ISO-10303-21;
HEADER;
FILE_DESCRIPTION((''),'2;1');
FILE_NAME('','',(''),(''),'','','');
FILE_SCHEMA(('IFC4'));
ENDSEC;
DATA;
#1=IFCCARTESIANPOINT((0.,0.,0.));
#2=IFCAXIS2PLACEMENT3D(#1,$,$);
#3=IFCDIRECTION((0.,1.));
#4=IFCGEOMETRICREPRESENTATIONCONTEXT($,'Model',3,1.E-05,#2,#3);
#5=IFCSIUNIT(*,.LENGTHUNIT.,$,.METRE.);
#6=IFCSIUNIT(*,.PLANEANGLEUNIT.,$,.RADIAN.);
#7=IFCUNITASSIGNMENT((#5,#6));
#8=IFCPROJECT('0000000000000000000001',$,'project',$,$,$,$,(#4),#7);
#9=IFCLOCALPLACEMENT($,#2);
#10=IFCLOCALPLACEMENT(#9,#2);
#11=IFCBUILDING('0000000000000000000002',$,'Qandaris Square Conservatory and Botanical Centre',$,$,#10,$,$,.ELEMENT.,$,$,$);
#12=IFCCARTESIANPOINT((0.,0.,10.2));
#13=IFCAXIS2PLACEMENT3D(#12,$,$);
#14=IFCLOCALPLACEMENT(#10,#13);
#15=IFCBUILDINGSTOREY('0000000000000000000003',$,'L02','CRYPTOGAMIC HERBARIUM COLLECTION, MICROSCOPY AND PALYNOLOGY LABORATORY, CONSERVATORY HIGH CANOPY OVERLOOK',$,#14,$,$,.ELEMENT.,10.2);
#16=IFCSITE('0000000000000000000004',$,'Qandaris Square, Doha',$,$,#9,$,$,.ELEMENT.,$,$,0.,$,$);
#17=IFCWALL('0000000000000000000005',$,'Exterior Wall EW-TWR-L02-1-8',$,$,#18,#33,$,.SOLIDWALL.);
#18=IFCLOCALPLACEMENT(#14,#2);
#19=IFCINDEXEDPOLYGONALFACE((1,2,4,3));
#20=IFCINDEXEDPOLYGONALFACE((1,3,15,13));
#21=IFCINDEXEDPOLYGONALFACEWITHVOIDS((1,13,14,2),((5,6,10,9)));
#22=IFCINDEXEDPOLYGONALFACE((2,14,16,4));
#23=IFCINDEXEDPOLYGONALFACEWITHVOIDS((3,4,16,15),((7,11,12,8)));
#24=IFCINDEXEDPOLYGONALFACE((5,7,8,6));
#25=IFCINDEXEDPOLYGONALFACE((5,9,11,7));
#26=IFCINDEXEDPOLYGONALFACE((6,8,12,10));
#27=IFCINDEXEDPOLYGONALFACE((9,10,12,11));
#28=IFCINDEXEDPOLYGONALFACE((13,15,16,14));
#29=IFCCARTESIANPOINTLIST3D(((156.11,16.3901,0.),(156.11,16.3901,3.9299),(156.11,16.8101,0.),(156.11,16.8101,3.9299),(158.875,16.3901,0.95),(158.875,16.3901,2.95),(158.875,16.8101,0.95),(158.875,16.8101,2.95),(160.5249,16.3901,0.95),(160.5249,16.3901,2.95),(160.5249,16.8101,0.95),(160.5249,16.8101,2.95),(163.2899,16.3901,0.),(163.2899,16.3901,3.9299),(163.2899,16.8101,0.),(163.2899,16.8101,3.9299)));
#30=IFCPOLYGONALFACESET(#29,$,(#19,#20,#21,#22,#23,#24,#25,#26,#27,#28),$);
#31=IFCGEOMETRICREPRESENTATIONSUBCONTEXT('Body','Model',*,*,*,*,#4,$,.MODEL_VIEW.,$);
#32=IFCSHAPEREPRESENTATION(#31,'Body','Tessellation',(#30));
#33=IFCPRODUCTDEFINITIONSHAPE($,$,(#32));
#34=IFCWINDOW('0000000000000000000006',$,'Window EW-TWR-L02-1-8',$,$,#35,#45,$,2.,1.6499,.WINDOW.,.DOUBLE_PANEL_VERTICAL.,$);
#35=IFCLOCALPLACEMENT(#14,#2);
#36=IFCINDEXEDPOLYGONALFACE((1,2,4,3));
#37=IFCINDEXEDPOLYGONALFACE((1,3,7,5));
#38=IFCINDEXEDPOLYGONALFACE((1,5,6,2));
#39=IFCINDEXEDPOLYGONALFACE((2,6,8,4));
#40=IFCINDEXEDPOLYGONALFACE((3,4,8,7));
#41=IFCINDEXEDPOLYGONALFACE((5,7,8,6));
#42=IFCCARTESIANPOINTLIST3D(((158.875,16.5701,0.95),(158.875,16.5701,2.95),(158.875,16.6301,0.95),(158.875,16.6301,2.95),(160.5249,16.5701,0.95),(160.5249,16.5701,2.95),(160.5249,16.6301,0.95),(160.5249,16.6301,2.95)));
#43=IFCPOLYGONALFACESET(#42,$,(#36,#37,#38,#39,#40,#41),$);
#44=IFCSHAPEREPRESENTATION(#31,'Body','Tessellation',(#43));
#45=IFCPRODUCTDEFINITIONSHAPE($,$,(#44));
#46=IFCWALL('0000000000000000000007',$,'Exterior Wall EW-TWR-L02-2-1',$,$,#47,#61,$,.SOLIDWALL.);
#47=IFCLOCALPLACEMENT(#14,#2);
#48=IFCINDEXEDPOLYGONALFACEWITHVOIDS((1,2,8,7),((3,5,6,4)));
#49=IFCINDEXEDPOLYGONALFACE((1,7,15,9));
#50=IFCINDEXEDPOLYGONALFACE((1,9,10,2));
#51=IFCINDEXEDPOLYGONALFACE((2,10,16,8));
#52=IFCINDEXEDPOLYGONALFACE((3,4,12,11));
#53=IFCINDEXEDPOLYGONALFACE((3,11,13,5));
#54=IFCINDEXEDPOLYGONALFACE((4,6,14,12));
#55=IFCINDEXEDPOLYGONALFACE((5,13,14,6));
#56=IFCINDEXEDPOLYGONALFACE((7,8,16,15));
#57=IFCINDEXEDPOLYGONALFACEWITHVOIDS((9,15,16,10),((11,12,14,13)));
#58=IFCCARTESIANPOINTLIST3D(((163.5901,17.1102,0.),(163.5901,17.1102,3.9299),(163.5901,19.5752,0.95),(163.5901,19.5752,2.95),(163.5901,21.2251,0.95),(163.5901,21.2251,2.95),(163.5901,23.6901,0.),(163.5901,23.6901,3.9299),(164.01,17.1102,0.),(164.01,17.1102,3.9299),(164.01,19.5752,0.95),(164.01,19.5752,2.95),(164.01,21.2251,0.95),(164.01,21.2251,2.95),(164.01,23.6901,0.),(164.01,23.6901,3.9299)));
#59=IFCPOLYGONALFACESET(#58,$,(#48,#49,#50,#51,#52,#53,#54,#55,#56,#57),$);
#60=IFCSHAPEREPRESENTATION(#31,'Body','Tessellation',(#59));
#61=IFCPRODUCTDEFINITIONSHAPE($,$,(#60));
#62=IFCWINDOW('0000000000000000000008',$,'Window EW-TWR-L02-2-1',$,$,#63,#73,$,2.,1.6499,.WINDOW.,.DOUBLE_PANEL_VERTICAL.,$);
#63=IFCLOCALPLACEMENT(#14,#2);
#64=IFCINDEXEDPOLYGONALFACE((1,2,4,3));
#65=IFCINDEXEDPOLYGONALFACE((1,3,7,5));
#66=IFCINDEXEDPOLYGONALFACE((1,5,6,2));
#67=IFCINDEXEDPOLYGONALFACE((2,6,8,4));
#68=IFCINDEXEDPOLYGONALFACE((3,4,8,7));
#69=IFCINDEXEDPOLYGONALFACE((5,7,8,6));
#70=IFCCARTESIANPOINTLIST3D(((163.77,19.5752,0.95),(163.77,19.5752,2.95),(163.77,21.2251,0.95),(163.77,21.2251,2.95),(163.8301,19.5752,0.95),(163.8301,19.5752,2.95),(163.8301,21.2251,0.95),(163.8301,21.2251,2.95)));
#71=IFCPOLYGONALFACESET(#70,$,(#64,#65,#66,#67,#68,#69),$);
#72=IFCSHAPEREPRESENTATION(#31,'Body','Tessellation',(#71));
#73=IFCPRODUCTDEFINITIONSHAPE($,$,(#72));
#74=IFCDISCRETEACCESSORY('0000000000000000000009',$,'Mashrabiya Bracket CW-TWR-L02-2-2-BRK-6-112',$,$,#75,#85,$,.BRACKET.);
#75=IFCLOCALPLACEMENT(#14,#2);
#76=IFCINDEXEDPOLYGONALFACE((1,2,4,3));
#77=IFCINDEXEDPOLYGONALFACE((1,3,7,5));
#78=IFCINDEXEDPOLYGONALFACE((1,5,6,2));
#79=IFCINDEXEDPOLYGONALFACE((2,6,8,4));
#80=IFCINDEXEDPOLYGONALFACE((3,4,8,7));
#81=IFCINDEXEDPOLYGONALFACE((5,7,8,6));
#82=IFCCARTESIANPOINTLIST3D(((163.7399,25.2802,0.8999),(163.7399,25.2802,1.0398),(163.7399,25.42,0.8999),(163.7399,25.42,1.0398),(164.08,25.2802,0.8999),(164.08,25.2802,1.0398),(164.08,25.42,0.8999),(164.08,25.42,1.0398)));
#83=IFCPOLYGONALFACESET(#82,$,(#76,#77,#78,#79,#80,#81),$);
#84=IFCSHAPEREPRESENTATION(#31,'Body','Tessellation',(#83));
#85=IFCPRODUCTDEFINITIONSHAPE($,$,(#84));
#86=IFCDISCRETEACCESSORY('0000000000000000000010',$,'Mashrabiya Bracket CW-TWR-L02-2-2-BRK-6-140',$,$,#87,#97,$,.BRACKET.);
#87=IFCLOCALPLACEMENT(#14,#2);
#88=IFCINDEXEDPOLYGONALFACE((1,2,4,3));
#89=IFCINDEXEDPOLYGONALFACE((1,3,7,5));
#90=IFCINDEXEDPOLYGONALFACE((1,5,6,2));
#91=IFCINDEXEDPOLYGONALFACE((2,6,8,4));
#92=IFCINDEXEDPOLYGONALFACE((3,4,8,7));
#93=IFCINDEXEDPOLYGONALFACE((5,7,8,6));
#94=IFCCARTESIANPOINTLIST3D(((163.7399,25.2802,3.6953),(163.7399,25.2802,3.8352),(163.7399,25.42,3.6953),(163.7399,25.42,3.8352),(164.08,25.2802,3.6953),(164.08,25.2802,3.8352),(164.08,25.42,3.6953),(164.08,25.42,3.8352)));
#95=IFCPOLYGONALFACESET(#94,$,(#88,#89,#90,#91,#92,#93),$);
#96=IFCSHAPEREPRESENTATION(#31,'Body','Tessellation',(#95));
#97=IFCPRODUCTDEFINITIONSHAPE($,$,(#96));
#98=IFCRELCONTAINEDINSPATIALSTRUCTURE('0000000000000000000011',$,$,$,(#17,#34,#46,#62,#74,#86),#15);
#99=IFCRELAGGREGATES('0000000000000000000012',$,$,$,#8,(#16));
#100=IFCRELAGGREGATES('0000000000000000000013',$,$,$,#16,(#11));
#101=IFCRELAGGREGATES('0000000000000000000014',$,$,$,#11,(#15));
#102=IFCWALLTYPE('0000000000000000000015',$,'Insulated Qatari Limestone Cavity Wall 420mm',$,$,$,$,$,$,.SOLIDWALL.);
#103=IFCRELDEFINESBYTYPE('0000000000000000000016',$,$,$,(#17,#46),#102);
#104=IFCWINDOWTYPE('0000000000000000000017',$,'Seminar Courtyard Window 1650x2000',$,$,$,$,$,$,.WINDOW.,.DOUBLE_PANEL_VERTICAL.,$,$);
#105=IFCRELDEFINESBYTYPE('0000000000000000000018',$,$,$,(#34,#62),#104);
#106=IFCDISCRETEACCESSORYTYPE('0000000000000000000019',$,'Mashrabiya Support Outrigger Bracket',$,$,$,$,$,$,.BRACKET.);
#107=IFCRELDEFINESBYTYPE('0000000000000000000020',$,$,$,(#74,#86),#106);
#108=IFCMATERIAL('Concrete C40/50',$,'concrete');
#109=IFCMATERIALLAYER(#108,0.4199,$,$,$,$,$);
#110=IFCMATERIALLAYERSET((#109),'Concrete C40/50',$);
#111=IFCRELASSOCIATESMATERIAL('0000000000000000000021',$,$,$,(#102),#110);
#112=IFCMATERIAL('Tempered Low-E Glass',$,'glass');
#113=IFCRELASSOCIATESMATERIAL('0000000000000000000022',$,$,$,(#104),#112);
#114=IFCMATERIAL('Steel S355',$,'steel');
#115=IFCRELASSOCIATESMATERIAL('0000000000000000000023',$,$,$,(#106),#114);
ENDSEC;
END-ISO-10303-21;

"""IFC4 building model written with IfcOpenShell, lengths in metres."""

from ifc_helpers import new_model, si_unit, direction, frame, frame_2d, origin, origin_2d, place, context, subcontext, project, spatial, rectangle, extrude, material, layer, layer_set, type_object, element, fill, save


model = new_model("IFC4")

# Units and contexts
model_context = context("Model", 3, precision=1e-05, world=origin(), true_north=direction((0.0, 1.0)))
body_context = subcontext(model_context, "Body", "Model", "MODEL_VIEW")
ifc_project = project(units=[si_unit("LENGTHUNIT", "METRE"), si_unit("PLANEANGLEUNIT", "RADIAN")], contexts=[model_context])

# Site, building, storey
site_placement = place(None, origin())
site = spatial("IfcSite", under=ifc_project, at=site_placement, Name="Qandaris Square, Doha", CompositionType="ELEMENT", RefElevation=0.0)
building_placement = place(site_placement, origin())
building = spatial("IfcBuilding", under=site, at=building_placement, Name="Qandaris Square Conservatory and Botanical Centre", CompositionType="ELEMENT")
storey_placement = place(building_placement, frame((0.0, 0.0, 10.2)))
storey = spatial("IfcBuildingStorey", under=building, at=storey_placement, Name="L02", Description="CRYPTOGAMIC HERBARIUM COLLECTION, MICROSCOPY AND PALYNOLOGY LABORATORY, CONSERVATORY HIGH CANOPY OVERLOOK", CompositionType="ELEMENT", Elevation=10.2)

# Shared definitions
ifc_material_1 = material(Name="Steel S355", Category="steel")

# Shared definitions
ifc_material_2 = material(Name="Tempered Low-E Glass", Category="glass")

# Walls, openings, windows
ifc_material_3 = material(Name="Concrete C40/50", Category="concrete")
ifc_layer_1 = layer(ifc_material_3, 0.4199)
ifc_layer_set_1 = layer_set([ifc_layer_1], Name="Concrete C40/50")
wall_type = type_object("IfcWallType", Name="Insulated Qatari Limestone Cavity Wall 420mm", PredefinedType="SOLIDWALL", material=ifc_layer_set_1)
wall_1_placement = place(storey_placement, frame((156.1101, 16.6001, 0.0), z_axis=(0.0, 0.0, 1.0), x_axis=(1.0, 0.0, 0.0)))
wall_1 = element("IfcWall", 1, at=wall_1_placement, inside=storey, type_object=wall_type, Name="Exterior Wall EW-TWR-L02-1-8", PredefinedType="SOLIDWALL", context=body_context, shape_type="SweptSolid", body=[
    extrude(rectangle(XDim=7.1799, YDim=0.4199, at=frame_2d((3.5898, 0.0))), origin(), (0.0, 0.0, 1.0), 3.9299),
])
opening_1_placement = place(wall_1_placement, frame((2.7649, 0.0, 0.95)))
opening_1 = element("IfcOpeningElement", 2, at=opening_1_placement, cuts=wall_1, PredefinedType="OPENING", context=body_context, shape_type="SweptSolid", body=[
    extrude(rectangle(XDim=1.6499, YDim=2.0, at=frame_2d((0.825, 1.0))), frame((0.0, 0.2219, 0.0), z_axis=(0.0, -1.0, 0.0), x_axis=(1.0, 0.0, 0.0)), (0.0, 0.0, 1.0), 0.4438),
])
window_type = type_object("IfcWindowType", Name="Seminar Courtyard Window 1650x2000", PartitioningType="DOUBLE_PANEL_VERTICAL", PredefinedType="WINDOW", material=ifc_material_2)
window_1_placement = place(opening_1_placement, origin())
window_1 = element("IfcWindow", 3, at=window_1_placement, inside=storey, type_object=window_type, Name="Window EW-TWR-L02-1-8", OverallHeight=2.0, OverallWidth=1.6499, PartitioningType="DOUBLE_PANEL_VERTICAL", PredefinedType="WINDOW", context=body_context, shape_type="SweptSolid", body=[
    extrude(rectangle(XDim=1.6499, YDim=2.0, at=frame_2d((0.825, 1.0))), frame((0.0, 0.03, 0.0), z_axis=(0.0, -1.0, 0.0), x_axis=(1.0, 0.0, 0.0)), (0.0, 0.0, 1.0), 0.0601),
])
fill(opening_1, window_1)
wall_2_placement = place(storey_placement, frame((163.8, 17.1101, 0.0), z_axis=(0.0, 0.0, 1.0), x_axis=(0.0, 1.0, 0.0)))
wall_2 = element("IfcWall", 4, at=wall_2_placement, inside=storey, type_object=wall_type, Name="Exterior Wall EW-TWR-L02-2-1", PredefinedType="SOLIDWALL", context=body_context, shape_type="SweptSolid", body=[
    extrude(rectangle(XDim=6.5798, YDim=0.4199, at=frame_2d((3.29, 0.0))), origin(), (0.0, 0.0, 1.0), 3.9299),
])
opening_2_placement = place(wall_2_placement, frame((2.4651, 0.0, 0.95)))
opening_2 = element("IfcOpeningElement", 5, at=opening_2_placement, cuts=wall_2, PredefinedType="OPENING", context=body_context, shape_type="SweptSolid", body=[
    extrude(rectangle(XDim=1.6499, YDim=2.0, at=frame_2d((0.825, 1.0))), frame((0.0, 0.2219, 0.0), z_axis=(0.0, -1.0, 0.0), x_axis=(1.0, 0.0, 0.0)), (0.0, 0.0, 1.0), 0.4438),
])
window_2_placement = place(opening_2_placement, origin())
window_2 = element("IfcWindow", 6, at=window_2_placement, inside=storey, type_object=window_type, Name="Window EW-TWR-L02-2-1", OverallHeight=2.0, OverallWidth=1.6499, PartitioningType="DOUBLE_PANEL_VERTICAL", PredefinedType="WINDOW", context=body_context, shape_type="SweptSolid", body=[
    extrude(rectangle(XDim=1.6499, YDim=2.0, at=frame_2d((0.825, 1.0))), frame((0.0, 0.03, 0.0), z_axis=(0.0, -1.0, 0.0), x_axis=(1.0, 0.0, 0.0)), (0.0, 0.0, 1.0), 0.0601),
])
fill(opening_2, window_2)

# Discrete accessories
discrete_accessory_type = type_object("IfcDiscreteAccessoryType", Name="Mashrabiya Support Outrigger Bracket", PredefinedType="BRACKET", material=ifc_material_1)
for number, where, z_axis, x_axis, name in (
    (7, (163.9099, 25.3501, 0.8999), (0.0, 0.0, 1.0), (0.0, 1.0, 0.0), "Mashrabiya Bracket CW-TWR-L02-2-2-BRK-6-112"),
    (8, (163.9099, 25.3501, 3.6953), (0.0, 0.0, 1.0), (0.0, 1.0, 0.0), "Mashrabiya Bracket CW-TWR-L02-2-2-BRK-6-140"),
):
    element("IfcDiscreteAccessory", number, at=place(storey_placement, frame(where, z_axis=z_axis, x_axis=x_axis)), inside=storey, type_object=discrete_accessory_type, Name=name, PredefinedType="BRACKET", context=body_context, shape_type="SweptSolid", body=[
        extrude(rectangle(XDim=0.1399, YDim=0.3401, at=origin_2d()), origin(), (0.0, 0.0, 1.0), 0.1399),
    ])

save(model, "model.ifc")
